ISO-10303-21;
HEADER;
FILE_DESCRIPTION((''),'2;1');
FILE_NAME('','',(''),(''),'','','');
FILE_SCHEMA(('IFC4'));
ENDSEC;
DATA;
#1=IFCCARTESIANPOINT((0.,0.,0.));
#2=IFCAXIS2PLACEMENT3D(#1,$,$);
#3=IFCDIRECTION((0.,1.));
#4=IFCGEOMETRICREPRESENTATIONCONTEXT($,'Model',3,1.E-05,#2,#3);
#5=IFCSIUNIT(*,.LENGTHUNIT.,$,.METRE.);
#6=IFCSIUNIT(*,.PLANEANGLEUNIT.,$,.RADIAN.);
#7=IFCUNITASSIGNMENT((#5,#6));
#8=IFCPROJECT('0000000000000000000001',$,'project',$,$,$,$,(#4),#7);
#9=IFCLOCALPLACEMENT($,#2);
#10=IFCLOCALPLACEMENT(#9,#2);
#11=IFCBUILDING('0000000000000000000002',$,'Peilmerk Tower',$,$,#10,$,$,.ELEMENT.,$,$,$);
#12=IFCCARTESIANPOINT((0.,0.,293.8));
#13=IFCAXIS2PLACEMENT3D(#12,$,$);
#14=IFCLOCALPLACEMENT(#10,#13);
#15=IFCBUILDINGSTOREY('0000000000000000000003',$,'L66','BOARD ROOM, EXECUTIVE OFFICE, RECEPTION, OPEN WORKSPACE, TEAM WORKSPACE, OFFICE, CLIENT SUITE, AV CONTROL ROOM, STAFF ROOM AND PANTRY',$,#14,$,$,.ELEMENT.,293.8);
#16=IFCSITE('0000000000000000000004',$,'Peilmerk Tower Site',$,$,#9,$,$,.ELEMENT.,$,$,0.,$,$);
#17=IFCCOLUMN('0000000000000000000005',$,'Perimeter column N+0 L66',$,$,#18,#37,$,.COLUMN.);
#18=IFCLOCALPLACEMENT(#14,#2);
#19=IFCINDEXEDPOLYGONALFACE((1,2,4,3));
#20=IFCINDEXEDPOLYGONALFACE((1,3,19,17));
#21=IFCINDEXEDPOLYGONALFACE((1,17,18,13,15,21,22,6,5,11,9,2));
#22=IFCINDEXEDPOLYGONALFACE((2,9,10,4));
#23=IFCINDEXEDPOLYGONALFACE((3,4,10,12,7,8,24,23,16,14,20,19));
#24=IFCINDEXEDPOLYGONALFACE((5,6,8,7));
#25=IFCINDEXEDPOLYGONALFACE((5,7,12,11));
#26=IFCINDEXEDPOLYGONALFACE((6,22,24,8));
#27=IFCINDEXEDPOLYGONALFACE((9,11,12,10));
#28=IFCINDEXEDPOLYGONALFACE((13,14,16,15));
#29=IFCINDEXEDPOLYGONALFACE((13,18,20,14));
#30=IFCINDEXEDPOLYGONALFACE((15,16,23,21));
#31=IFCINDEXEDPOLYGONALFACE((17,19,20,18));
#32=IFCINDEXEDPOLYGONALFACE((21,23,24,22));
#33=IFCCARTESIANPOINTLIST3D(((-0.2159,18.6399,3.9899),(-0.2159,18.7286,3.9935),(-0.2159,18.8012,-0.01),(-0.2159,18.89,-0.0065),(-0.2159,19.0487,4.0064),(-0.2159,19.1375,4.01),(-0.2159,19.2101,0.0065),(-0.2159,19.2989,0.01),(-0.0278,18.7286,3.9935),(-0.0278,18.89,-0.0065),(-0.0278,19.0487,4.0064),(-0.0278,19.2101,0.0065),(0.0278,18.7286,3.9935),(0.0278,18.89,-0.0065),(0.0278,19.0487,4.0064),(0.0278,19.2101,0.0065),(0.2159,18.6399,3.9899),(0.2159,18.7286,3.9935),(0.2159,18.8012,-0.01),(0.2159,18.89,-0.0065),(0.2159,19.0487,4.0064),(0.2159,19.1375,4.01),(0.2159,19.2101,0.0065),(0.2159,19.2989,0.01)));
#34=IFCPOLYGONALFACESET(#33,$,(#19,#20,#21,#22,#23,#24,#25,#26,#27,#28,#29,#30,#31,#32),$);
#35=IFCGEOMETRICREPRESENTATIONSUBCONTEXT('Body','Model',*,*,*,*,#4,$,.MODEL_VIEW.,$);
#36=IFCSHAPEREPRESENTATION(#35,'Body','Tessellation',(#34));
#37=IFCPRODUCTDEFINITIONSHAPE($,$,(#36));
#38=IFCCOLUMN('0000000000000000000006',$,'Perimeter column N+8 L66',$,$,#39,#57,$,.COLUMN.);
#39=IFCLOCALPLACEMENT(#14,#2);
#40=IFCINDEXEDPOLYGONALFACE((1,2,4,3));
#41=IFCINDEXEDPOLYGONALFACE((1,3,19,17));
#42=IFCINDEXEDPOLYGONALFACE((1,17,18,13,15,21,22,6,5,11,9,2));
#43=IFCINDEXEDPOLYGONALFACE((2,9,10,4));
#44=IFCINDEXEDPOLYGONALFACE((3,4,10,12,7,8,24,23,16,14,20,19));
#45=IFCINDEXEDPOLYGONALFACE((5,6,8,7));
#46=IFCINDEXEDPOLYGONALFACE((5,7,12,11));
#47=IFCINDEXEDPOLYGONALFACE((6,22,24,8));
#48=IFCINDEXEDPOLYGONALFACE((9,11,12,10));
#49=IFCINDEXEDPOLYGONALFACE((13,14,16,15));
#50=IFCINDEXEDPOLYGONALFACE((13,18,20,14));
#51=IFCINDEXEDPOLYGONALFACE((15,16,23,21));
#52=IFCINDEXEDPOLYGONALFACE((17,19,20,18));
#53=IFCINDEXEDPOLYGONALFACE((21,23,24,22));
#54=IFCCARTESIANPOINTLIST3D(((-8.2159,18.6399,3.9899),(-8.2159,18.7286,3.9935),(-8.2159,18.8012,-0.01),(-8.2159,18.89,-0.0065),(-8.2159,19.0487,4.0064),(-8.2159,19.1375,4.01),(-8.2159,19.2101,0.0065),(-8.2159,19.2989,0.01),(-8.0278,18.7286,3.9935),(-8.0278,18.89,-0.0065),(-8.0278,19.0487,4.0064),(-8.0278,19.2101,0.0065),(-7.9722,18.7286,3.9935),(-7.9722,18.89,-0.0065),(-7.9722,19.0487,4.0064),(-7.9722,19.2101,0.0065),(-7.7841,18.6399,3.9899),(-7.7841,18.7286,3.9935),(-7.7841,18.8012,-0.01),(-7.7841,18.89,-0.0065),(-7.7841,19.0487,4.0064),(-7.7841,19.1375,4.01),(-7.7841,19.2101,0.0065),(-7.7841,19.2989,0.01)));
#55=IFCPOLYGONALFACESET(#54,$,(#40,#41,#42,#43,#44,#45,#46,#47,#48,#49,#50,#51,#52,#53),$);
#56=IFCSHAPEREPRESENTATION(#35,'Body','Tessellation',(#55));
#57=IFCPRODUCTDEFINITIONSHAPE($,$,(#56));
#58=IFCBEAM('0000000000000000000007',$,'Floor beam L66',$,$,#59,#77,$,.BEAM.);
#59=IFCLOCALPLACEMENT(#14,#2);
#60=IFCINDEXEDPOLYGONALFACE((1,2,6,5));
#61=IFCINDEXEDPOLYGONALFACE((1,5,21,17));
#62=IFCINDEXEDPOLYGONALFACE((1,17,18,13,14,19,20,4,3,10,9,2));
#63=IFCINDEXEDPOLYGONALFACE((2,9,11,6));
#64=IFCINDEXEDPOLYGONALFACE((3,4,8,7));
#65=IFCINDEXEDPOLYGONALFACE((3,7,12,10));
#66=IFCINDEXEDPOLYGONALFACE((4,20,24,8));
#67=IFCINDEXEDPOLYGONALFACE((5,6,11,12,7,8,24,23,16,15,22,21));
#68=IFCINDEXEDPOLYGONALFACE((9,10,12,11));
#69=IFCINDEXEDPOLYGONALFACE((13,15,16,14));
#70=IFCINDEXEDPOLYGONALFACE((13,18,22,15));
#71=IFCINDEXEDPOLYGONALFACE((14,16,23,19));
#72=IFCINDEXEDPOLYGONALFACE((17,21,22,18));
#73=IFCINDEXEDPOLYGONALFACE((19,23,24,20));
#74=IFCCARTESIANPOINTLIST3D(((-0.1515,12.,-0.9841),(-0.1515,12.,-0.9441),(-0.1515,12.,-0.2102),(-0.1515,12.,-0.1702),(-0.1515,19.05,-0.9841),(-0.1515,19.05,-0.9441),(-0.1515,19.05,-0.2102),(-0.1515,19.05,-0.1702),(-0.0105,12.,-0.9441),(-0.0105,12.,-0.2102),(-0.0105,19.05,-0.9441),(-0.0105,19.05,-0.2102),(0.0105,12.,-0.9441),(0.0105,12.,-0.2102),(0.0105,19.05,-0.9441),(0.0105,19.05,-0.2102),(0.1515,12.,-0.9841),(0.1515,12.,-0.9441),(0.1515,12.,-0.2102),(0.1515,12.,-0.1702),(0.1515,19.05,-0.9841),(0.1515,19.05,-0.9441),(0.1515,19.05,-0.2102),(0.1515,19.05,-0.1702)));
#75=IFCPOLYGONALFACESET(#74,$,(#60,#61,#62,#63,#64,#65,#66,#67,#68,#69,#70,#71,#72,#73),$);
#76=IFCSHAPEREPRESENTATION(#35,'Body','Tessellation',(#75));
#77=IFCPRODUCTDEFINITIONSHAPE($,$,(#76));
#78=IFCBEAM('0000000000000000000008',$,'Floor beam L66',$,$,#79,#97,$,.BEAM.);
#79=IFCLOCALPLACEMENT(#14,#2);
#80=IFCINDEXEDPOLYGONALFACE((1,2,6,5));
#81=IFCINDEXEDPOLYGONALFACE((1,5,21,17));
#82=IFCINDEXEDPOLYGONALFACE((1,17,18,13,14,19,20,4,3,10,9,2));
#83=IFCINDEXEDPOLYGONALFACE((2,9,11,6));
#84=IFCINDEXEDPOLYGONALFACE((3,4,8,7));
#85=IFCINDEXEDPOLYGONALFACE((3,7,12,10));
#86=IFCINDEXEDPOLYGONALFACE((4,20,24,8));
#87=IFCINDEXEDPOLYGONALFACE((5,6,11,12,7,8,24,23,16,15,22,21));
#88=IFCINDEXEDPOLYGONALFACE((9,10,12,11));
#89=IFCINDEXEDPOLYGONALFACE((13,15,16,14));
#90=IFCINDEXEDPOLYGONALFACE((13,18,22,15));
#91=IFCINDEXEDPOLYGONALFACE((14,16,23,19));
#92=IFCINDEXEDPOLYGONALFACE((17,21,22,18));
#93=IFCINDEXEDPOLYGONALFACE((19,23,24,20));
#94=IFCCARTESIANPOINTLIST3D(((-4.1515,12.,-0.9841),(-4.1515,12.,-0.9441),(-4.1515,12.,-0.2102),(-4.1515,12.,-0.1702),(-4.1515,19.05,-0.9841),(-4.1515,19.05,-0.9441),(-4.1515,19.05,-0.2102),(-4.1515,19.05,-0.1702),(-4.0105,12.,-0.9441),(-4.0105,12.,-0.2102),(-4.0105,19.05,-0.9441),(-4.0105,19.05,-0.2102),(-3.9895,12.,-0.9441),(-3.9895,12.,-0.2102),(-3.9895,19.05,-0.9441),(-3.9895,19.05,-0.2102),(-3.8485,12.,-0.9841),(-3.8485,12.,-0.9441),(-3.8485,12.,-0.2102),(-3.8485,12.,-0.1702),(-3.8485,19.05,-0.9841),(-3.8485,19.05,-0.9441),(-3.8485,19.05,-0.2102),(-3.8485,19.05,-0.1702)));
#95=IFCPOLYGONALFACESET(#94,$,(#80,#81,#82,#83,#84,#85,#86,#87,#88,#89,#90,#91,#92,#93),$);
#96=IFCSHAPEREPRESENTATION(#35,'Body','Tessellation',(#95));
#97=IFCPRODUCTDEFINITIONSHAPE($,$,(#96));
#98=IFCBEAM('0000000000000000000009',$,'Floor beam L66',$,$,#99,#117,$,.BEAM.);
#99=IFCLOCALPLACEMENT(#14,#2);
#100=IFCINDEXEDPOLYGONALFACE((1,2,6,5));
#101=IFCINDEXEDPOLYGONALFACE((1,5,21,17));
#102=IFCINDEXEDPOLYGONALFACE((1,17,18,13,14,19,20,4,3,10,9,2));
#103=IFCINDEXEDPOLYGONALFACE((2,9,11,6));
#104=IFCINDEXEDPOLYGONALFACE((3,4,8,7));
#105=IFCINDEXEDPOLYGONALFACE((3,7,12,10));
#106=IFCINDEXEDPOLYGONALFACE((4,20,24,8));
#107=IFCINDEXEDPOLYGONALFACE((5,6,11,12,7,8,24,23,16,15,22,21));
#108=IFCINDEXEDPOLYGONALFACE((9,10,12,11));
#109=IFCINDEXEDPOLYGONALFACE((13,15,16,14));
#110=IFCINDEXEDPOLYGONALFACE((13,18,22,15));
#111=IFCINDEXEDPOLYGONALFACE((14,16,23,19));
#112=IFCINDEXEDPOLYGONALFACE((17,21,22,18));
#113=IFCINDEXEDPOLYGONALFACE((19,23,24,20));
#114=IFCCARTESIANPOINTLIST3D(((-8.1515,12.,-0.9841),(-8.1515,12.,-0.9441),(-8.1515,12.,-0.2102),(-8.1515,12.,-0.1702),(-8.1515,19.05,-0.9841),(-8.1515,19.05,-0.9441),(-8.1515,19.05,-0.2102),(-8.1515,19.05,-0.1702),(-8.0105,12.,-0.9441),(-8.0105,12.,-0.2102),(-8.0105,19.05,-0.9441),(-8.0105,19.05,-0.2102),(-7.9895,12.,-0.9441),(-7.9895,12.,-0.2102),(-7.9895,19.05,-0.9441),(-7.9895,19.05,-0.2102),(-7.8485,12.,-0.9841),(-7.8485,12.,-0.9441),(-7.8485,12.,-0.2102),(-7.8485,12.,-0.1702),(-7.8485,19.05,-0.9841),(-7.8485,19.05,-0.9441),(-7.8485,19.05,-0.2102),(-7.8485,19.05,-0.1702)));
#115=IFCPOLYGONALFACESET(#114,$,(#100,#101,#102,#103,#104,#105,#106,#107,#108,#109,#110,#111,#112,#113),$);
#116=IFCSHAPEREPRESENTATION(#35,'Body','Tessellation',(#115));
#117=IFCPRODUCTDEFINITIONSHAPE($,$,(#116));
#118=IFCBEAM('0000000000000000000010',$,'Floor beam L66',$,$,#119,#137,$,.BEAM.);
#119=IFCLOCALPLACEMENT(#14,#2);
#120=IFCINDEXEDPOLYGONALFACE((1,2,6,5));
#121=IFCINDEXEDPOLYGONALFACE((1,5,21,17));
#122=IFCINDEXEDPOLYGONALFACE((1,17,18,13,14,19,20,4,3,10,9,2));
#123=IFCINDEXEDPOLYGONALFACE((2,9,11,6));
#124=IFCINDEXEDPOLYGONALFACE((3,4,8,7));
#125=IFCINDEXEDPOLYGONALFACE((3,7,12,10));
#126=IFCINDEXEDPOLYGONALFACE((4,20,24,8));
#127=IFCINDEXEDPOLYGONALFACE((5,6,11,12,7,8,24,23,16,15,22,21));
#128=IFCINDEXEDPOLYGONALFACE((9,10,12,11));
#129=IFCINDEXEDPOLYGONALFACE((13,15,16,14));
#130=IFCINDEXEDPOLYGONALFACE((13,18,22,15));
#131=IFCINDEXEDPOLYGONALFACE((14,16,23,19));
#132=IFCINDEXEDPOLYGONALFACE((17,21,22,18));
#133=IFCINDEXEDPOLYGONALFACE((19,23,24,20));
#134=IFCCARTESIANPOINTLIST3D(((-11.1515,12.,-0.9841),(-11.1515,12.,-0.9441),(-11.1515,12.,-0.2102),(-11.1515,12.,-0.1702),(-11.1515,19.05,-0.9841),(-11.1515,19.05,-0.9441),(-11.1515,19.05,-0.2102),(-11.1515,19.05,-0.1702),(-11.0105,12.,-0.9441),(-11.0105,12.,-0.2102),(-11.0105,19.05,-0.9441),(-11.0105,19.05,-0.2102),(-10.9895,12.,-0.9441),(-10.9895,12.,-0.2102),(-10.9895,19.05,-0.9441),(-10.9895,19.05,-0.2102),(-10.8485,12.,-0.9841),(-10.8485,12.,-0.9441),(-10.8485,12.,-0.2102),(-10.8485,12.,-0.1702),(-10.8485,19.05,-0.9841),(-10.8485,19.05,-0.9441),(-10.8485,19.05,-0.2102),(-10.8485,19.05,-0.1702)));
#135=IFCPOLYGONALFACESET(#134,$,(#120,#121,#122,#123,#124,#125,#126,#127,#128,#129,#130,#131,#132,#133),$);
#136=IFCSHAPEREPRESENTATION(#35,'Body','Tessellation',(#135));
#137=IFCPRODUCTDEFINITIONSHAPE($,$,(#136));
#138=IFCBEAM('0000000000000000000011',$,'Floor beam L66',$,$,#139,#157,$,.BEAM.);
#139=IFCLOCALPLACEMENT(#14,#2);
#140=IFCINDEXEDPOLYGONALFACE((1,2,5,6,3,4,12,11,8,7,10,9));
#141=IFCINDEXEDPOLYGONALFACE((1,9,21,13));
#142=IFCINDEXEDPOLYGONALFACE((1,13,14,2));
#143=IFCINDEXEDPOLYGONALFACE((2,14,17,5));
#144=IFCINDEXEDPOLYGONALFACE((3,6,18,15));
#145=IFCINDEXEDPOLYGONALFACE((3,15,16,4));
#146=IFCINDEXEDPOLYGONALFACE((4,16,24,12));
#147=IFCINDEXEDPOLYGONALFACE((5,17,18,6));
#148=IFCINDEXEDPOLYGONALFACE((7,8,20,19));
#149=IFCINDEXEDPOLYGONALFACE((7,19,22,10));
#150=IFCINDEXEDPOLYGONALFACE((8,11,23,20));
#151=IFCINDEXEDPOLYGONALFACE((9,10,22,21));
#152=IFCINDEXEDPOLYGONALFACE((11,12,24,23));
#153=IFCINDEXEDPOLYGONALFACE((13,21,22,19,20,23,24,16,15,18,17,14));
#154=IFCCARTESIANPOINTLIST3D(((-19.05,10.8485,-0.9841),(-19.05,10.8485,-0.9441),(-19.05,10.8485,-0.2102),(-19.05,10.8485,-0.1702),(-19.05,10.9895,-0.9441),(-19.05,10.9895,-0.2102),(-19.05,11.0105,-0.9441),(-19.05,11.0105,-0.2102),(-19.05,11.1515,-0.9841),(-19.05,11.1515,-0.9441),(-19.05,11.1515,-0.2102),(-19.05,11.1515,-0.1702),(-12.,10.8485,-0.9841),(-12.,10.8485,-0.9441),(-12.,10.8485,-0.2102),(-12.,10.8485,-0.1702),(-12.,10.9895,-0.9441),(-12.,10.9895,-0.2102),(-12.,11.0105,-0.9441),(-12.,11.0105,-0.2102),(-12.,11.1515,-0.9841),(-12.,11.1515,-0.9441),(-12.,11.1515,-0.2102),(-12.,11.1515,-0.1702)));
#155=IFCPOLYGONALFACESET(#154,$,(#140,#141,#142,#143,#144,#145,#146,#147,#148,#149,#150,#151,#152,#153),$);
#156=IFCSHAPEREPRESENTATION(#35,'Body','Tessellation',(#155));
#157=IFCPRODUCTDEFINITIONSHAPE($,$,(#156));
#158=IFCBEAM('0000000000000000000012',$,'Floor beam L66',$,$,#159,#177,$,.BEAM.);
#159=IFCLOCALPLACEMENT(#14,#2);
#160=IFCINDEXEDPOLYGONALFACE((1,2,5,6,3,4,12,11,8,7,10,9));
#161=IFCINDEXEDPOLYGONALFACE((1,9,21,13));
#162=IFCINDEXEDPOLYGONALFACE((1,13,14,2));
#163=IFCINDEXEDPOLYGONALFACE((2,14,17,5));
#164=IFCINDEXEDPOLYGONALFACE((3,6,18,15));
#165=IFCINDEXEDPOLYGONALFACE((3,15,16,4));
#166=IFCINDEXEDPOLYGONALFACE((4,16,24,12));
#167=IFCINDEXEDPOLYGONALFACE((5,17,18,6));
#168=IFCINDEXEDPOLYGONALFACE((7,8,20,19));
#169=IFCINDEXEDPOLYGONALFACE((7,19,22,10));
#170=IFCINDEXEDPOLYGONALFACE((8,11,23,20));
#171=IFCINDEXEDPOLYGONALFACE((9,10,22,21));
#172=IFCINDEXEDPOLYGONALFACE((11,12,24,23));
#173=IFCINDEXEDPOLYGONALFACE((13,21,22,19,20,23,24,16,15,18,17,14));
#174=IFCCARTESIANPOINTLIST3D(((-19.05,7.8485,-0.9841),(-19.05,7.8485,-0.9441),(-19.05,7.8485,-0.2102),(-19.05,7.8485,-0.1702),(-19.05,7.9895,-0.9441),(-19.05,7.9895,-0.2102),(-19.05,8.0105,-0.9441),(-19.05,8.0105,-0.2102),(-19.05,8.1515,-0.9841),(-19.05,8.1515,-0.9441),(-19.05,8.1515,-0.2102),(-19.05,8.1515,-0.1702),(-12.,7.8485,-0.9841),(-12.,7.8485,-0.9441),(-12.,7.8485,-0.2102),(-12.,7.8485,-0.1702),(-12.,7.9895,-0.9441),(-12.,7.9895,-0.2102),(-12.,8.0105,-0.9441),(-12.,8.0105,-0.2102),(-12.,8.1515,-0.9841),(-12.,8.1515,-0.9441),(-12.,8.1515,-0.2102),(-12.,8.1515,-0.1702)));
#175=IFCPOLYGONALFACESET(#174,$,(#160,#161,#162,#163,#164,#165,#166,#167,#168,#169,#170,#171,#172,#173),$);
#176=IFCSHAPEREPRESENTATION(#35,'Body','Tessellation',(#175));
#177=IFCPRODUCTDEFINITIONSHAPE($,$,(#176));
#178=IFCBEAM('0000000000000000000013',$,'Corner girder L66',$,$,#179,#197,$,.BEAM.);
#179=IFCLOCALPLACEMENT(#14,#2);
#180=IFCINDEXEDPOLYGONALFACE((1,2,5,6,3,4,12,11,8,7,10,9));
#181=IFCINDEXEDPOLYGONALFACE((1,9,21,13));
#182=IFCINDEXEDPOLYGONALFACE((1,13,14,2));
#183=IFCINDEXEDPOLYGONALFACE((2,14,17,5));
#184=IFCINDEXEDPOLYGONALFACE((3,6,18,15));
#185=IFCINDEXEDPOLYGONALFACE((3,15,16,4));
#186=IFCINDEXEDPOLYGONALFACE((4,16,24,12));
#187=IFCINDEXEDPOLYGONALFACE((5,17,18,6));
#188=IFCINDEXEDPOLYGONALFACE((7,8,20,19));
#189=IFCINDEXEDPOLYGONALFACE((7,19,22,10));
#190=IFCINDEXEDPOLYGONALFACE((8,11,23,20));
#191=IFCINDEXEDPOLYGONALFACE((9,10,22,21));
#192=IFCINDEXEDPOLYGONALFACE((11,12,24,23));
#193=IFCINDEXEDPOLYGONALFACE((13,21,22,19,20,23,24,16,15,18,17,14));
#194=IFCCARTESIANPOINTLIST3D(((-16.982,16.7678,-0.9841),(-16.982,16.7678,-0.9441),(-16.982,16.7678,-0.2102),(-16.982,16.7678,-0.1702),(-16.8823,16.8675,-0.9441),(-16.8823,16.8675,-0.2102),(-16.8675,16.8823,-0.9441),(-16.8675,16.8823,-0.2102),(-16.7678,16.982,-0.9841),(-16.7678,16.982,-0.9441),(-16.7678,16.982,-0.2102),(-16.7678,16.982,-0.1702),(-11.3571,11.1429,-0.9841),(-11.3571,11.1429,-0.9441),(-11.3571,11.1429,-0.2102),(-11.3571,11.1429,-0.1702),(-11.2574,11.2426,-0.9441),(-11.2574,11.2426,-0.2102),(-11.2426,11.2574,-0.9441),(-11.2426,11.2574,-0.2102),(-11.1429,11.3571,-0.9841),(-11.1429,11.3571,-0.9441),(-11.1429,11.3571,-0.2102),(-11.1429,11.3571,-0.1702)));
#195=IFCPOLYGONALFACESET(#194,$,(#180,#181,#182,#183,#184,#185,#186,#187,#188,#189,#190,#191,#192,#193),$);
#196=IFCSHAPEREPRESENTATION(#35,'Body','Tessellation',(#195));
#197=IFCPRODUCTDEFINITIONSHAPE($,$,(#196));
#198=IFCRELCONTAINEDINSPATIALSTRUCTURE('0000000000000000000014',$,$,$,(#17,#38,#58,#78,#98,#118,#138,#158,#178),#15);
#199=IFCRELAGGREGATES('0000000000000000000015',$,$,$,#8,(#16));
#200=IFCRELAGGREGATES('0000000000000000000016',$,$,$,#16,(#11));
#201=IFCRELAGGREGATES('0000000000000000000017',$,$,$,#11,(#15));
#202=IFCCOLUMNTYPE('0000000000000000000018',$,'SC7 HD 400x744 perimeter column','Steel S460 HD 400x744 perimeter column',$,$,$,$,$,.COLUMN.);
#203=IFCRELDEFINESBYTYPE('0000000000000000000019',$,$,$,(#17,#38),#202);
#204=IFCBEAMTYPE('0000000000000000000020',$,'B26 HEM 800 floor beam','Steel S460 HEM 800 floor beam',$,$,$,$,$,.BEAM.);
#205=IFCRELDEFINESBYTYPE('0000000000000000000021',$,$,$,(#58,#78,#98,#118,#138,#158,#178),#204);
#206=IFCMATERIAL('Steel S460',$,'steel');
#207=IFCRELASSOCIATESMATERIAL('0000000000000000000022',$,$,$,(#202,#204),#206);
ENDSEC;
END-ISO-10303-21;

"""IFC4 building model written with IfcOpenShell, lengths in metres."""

from ifc_helpers import new_model, si_unit, direction, frame, origin, origin_2d, place, context, subcontext, project, spatial, i_section, extrude, material, material_profile, profile_set, type_object, element, save


model = new_model("IFC4")

# Units and contexts
model_context = context("Model", 3, precision=1e-05, world=origin(), true_north=direction((0.0, 1.0)))
body_context = subcontext(model_context, "Body", "Model", "MODEL_VIEW")
ifc_project = project(units=[si_unit("LENGTHUNIT", "METRE"), si_unit("PLANEANGLEUNIT", "RADIAN")], contexts=[model_context])

# Site, building, storey
site_placement = place(None, origin())
site = spatial("IfcSite", under=ifc_project, at=site_placement, Name="Peilmerk Tower Site", CompositionType="ELEMENT", RefElevation=0.0)
building_placement = place(site_placement, origin())
building = spatial("IfcBuilding", under=site, at=building_placement, Name="Peilmerk Tower", CompositionType="ELEMENT")
storey_placement = place(building_placement, frame((0.0, 0.0, 293.8)))
storey = spatial("IfcBuildingStorey", under=building, at=storey_placement, Name="L66", Description="BOARD ROOM, EXECUTIVE OFFICE, RECEPTION, OPEN WORKSPACE, TEAM WORKSPACE, OFFICE, CLIENT SUITE, AV CONTROL ROOM, STAFF ROOM AND PANTRY", CompositionType="ELEMENT", Elevation=293.8)

# Columns
ifc_material_1 = material(Name="Steel S460", Category="steel")
ifc_material_profile_1 = material_profile(ifc_material_1, i_section(OverallWidth=0.4319, OverallDepth=0.498, WebThickness=0.0557, FlangeThickness=0.0889, at=origin_2d()), Name="HD 400x744")
ifc_profile_set_1 = profile_set([ifc_material_profile_1], Name="Steel S460")
column_type = type_object("IfcColumnType", Name="SC7 HD 400x744 perimeter column", Description="Steel S460 HD 400x744 perimeter column", PredefinedType="COLUMN", material=ifc_profile_set_1)
for number, where, z_axis, x_axis, name in (
    (1, (0.0, 19.05, 0.0), (0.0, -0.040311, 0.999187), (1.0, 0.0, 0.0), "Perimeter column N+0 L66"),
    (2, (-8.0, 19.05, 0.0), (0.0, -0.040311, 0.999187), (1.0, 0.0, 0.0), "Perimeter column N+8 L66"),
):
    element("IfcColumn", number, at=place(storey_placement, frame(where, z_axis=z_axis, x_axis=x_axis)), inside=storey, type_object=column_type, Name=name, PredefinedType="COLUMN", context=body_context, shape_type="SweptSolid", body=[
        extrude(i_section(OverallWidth=0.4319, OverallDepth=0.498, WebThickness=0.0557, FlangeThickness=0.0889, at=origin_2d()), origin(), (0.0, 0.0, 1.0), 4.0032),
    ])

# Beams
ifc_material_profile_2 = material_profile(ifc_material_1, i_section(OverallWidth=0.303, OverallDepth=0.814, WebThickness=0.021, FlangeThickness=0.04, at=origin_2d()), Name="HEM 800")
ifc_profile_set_2 = profile_set([ifc_material_profile_2], Name="Steel S460")
beam_type_1 = type_object("IfcBeamType", Name="B26 HEM 800 floor beam", Description="Steel S460 HEM 800 floor beam", PredefinedType="BEAM", material=ifc_profile_set_2)
for number, where, z_axis, x_axis, name in (
    (3, (0.0, 12.0, -0.5771), (0.0, 1.0, 0.0), (-1.0, 0.0, 0.0), "Floor beam L66"),
    (4, (-4.0, 12.0, -0.5771), (0.0, 1.0, 0.0), (-1.0, 0.0, 0.0), "Floor beam L66"),
    (5, (-8.0, 12.0, -0.5771), (0.0, 1.0, 0.0), (-1.0, 0.0, 0.0), "Floor beam L66"),
    (6, (-11.0, 12.0, -0.5771), (0.0, 1.0, 0.0), (-1.0, 0.0, 0.0), "Floor beam L66"),
    (7, (-12.0, 11.0, -0.5771), (-1.0, 0.0, 0.0), (0.0, -1.0, 0.0), "Floor beam L66"),
    (8, (-12.0, 8.0, -0.5771), (-1.0, 0.0, 0.0), (0.0, -1.0, 0.0), "Floor beam L66"),
):
    element("IfcBeam", number, at=place(storey_placement, frame(where, z_axis=z_axis, x_axis=x_axis)), inside=storey, type_object=beam_type_1, Name=name, PredefinedType="BEAM", context=body_context, shape_type="SweptSolid", body=[
        extrude(i_section(OverallWidth=0.303, OverallDepth=0.814, WebThickness=0.021, FlangeThickness=0.04, at=origin_2d()), origin(), (0.0, 0.0, 1.0), 7.05),
    ])
beam_1_placement = place(storey_placement, frame((-11.25, 11.25, -0.5771), z_axis=(-0.707107, 0.707107, 0.0), x_axis=(-0.707107, -0.707107, 0.0)))
element("IfcBeam", 9, at=beam_1_placement, inside=storey, type_object=beam_type_1, Name="Corner girder L66", PredefinedType="BEAM", context=body_context, shape_type="SweptSolid", body=[
    extrude(i_section(OverallWidth=0.303, OverallDepth=0.814, WebThickness=0.021, FlangeThickness=0.04, at=origin_2d()), origin(), (0.0, 0.0, 1.0), 7.9548),
])

save(model, "model.ifc")
